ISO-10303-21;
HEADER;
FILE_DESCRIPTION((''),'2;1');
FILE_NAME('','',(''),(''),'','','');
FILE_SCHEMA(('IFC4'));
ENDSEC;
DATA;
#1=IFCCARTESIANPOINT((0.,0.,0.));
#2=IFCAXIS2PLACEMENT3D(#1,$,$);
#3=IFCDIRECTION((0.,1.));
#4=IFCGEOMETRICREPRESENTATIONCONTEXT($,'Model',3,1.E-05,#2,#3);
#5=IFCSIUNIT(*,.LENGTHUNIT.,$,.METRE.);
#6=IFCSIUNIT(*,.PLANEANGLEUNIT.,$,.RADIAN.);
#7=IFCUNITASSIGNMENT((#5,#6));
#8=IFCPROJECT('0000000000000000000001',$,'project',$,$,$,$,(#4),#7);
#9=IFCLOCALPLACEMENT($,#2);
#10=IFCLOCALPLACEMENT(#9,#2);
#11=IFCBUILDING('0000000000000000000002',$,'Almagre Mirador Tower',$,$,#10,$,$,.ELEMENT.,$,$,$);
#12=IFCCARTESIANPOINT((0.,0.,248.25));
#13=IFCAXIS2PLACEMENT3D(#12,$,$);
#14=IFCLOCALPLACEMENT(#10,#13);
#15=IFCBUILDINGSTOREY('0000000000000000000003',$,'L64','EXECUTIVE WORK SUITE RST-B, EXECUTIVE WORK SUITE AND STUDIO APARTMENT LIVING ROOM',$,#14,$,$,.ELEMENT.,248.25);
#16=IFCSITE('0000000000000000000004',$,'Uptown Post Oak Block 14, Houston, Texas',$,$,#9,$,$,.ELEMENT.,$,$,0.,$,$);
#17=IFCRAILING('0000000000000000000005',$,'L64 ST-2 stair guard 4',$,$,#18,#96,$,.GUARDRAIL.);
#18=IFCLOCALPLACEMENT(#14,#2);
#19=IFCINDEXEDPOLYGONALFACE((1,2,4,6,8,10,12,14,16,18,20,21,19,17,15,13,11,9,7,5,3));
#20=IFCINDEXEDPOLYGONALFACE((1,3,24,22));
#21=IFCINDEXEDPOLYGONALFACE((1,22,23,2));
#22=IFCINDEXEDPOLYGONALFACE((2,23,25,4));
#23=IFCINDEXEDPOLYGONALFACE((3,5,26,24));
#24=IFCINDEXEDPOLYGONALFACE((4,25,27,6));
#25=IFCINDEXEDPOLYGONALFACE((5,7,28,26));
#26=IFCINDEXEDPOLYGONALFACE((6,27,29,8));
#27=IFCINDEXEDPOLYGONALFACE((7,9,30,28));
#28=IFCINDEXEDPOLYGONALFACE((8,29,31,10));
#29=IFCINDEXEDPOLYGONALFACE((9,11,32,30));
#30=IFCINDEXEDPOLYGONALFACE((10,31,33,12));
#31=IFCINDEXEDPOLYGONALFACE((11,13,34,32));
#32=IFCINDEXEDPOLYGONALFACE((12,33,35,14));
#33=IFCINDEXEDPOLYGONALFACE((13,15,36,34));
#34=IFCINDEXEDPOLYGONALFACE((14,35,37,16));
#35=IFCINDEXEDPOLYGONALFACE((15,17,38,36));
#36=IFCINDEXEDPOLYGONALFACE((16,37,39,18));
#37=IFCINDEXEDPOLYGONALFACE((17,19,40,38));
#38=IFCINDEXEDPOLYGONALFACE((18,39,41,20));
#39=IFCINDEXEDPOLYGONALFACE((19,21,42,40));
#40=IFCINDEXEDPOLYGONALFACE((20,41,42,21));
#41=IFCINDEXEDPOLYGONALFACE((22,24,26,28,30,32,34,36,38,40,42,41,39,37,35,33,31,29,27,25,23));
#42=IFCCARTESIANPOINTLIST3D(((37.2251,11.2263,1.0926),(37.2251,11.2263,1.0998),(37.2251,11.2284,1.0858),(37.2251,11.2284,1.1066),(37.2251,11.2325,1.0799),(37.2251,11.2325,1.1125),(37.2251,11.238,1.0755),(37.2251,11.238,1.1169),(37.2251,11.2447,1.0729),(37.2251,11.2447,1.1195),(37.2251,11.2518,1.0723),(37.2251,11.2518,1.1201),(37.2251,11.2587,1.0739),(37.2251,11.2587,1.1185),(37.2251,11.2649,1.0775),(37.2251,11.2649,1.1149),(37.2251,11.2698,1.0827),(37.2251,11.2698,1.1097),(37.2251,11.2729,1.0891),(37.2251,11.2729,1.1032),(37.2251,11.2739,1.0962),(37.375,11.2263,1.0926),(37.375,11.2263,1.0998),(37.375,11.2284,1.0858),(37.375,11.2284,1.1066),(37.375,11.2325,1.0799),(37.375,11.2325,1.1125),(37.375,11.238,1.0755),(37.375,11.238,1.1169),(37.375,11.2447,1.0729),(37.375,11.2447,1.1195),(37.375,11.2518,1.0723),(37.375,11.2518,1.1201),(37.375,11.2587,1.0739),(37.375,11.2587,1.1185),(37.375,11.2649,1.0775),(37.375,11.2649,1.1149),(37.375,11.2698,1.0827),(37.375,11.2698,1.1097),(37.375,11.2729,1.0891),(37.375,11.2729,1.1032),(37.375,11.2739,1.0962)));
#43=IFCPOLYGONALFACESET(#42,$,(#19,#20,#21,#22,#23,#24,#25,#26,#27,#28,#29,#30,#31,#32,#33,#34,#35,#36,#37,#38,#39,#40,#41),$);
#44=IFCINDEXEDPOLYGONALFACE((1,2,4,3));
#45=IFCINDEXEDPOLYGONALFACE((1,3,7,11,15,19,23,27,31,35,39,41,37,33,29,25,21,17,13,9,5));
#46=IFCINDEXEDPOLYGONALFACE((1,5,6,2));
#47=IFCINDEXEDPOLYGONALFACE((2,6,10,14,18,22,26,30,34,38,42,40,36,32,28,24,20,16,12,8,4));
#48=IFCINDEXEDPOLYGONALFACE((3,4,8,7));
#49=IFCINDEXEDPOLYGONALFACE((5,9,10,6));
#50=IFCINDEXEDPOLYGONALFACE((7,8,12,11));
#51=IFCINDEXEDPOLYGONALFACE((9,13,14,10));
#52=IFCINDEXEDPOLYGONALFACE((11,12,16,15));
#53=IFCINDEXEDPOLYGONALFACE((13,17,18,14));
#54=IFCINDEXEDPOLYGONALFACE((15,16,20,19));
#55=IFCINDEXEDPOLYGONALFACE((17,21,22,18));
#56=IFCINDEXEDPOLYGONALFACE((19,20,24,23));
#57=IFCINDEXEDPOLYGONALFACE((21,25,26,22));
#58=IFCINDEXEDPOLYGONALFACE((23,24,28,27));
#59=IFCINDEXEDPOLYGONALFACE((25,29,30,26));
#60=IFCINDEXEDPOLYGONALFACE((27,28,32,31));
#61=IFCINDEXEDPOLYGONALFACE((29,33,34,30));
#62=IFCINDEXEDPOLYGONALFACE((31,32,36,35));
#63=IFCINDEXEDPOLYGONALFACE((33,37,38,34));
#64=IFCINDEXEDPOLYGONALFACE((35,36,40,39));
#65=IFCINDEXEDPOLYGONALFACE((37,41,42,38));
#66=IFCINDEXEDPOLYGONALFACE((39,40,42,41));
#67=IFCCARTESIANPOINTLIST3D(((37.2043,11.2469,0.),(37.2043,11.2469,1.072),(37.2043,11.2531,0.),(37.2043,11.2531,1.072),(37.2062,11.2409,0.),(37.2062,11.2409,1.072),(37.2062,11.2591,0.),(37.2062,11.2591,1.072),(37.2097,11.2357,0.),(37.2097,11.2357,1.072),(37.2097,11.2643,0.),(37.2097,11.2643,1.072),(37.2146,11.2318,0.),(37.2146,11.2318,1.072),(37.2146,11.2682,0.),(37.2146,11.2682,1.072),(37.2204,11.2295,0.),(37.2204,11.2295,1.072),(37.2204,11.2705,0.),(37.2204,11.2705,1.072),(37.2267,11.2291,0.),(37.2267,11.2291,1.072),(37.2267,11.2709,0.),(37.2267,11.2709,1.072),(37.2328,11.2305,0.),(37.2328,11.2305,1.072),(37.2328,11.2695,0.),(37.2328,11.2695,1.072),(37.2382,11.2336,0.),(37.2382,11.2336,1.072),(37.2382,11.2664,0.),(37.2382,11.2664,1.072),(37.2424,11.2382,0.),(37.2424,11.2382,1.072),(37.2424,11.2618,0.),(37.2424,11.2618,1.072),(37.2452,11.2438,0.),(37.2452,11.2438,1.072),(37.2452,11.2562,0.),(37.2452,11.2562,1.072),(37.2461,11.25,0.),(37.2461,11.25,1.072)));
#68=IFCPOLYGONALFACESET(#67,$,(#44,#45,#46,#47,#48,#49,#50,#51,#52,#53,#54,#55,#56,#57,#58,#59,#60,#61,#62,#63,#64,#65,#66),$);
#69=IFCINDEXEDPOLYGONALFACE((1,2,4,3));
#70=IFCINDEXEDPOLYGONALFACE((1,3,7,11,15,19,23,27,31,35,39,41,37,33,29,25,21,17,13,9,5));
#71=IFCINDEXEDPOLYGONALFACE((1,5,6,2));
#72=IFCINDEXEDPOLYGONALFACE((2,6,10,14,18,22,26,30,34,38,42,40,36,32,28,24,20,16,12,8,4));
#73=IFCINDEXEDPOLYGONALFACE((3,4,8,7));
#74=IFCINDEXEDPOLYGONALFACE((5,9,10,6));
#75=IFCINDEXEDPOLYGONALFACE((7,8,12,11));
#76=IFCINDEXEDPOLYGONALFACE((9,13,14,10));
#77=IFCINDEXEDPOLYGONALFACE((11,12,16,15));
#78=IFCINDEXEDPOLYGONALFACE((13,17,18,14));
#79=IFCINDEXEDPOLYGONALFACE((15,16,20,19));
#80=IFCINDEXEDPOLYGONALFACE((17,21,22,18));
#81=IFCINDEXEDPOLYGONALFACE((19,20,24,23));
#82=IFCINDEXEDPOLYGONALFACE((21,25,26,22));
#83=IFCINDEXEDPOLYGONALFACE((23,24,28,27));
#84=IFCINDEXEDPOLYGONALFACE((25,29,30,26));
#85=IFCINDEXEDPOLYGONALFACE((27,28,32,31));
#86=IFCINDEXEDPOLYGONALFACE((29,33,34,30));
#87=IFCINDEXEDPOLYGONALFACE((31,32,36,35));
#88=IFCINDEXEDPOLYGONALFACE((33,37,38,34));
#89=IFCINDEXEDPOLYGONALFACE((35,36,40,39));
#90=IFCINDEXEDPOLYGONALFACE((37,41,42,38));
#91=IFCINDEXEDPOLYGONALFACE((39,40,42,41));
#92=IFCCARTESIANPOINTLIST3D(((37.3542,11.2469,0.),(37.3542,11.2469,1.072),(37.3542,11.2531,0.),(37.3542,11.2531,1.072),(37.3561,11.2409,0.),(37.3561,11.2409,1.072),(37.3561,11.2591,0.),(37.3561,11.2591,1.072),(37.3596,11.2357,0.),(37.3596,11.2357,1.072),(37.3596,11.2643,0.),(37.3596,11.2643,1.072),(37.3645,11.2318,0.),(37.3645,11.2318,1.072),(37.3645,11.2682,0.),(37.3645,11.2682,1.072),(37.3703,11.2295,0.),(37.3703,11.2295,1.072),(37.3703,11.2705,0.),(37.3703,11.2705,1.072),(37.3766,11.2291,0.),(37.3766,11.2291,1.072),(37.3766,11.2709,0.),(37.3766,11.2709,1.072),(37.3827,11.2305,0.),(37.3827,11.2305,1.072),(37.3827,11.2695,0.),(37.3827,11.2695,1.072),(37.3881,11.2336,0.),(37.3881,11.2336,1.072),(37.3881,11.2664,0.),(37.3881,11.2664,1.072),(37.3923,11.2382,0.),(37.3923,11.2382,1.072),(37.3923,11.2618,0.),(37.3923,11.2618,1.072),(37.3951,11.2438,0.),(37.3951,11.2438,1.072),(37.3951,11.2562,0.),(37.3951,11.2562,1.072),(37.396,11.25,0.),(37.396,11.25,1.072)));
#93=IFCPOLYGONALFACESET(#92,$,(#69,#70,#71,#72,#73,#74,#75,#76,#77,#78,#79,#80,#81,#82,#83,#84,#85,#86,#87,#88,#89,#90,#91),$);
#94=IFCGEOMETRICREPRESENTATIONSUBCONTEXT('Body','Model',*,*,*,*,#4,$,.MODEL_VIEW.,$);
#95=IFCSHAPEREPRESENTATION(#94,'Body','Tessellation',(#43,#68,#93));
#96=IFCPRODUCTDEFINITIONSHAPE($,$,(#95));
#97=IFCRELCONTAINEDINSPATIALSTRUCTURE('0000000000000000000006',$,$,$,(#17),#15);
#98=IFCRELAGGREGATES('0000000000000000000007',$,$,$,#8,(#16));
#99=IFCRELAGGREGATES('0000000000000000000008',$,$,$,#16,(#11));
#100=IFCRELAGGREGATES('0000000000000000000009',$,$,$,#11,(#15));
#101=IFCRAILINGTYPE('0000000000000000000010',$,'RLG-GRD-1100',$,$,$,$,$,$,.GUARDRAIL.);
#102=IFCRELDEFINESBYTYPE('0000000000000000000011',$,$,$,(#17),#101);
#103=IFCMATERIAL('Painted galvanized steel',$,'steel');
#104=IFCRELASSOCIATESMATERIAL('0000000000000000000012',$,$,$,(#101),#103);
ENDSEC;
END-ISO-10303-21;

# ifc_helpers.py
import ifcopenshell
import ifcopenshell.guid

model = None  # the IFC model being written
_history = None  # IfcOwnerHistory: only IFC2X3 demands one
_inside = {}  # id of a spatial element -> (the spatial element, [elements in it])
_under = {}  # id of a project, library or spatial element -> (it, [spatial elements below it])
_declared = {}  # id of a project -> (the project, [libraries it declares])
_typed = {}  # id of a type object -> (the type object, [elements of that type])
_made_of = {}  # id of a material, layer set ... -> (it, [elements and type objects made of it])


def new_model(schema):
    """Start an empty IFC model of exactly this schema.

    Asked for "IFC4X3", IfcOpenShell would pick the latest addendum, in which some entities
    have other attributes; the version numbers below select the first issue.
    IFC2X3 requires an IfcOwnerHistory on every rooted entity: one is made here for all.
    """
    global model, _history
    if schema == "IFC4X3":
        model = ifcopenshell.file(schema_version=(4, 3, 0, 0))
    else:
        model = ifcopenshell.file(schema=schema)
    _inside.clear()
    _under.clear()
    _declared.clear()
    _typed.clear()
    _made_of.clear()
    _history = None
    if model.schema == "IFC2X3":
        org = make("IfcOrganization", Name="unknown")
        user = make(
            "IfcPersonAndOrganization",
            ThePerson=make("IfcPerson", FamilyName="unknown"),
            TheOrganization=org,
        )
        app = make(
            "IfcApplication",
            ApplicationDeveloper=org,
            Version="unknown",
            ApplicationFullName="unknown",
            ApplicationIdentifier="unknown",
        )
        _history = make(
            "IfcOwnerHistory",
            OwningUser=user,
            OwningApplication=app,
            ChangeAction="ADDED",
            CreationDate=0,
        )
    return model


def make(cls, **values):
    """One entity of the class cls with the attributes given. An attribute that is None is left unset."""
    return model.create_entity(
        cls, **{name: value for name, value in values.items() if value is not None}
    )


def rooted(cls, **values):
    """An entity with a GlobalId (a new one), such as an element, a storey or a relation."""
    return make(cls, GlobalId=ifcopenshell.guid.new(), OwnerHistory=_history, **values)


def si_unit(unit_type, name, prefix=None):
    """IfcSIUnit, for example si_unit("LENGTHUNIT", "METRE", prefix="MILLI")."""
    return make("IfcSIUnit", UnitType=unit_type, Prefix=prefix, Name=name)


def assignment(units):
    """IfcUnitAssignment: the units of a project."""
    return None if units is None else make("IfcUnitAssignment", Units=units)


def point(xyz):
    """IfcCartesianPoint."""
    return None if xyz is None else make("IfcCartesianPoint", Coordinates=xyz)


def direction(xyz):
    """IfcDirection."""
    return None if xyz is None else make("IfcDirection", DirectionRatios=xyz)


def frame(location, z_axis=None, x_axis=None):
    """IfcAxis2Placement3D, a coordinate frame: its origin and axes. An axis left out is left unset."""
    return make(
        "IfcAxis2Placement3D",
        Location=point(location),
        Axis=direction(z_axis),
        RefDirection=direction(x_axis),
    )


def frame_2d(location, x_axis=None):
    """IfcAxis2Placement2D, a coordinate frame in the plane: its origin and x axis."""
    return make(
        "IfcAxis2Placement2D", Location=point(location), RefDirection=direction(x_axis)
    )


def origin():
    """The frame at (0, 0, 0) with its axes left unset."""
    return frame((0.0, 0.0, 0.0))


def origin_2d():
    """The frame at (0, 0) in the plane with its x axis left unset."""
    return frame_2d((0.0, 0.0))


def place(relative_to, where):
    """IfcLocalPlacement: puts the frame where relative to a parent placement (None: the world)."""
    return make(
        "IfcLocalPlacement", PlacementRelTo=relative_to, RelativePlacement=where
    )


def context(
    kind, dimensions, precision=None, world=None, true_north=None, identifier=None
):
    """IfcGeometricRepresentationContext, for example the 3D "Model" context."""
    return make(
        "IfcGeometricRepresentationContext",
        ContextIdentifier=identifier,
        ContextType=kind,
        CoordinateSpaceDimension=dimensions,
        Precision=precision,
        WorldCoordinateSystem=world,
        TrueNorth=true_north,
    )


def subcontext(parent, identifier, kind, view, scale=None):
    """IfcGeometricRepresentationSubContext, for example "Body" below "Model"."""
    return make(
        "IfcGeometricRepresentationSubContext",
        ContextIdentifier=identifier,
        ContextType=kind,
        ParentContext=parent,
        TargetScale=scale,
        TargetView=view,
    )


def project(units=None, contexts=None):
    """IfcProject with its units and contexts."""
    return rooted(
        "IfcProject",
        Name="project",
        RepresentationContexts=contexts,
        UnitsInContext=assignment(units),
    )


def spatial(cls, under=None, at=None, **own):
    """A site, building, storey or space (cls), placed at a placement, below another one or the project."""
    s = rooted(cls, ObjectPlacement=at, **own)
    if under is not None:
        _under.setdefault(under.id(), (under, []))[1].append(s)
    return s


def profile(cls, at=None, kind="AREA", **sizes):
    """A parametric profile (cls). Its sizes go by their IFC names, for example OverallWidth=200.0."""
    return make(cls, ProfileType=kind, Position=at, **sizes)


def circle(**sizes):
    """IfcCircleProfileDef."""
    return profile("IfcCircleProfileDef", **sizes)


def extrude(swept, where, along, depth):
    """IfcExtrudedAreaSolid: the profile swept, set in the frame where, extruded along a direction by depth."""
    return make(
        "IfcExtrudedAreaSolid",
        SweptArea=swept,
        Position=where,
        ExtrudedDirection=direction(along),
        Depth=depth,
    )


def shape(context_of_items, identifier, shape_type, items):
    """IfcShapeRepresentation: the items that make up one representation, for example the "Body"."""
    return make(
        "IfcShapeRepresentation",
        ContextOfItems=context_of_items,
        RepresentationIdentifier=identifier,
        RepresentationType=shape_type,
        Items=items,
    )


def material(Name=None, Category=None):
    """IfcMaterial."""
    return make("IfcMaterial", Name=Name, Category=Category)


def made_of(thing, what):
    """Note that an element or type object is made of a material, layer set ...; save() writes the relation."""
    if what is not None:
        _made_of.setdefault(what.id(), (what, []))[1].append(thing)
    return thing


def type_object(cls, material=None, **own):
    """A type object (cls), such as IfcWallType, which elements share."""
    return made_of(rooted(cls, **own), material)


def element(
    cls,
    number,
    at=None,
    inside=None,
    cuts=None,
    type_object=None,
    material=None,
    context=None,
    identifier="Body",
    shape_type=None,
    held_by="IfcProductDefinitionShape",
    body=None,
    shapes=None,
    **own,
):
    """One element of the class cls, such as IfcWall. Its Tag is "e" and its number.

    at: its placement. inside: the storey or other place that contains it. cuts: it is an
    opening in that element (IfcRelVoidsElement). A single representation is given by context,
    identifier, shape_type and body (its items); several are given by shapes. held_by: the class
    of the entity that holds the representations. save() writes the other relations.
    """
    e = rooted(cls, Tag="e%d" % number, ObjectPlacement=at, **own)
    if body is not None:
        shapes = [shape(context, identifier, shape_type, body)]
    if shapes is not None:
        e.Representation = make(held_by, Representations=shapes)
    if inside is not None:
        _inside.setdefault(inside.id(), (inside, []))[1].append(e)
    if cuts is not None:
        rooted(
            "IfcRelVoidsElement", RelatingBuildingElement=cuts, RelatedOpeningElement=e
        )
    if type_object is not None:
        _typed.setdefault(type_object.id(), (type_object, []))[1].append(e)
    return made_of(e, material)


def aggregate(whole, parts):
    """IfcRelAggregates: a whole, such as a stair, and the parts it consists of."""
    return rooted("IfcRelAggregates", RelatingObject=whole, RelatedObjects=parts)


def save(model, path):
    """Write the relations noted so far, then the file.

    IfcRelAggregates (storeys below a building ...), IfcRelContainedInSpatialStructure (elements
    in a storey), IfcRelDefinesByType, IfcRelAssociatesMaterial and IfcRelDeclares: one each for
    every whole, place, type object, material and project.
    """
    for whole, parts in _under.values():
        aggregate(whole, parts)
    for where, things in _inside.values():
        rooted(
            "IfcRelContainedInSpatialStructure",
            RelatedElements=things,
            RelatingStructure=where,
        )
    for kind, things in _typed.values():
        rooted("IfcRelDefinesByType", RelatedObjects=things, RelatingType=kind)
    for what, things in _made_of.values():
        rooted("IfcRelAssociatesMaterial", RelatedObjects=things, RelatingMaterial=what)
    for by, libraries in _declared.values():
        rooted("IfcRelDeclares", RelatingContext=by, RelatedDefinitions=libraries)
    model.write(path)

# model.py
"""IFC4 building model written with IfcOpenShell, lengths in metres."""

from ifc_helpers import new_model, si_unit, direction, frame, origin, origin_2d, place, context, subcontext, project, spatial, circle, extrude, material, type_object, element, save


model = new_model("IFC4")

# Units and contexts
model_context = context("Model", 3, precision=1e-05, world=origin(), true_north=direction((0.0, 1.0)))
body_context = subcontext(model_context, "Body", "Model", "MODEL_VIEW")
ifc_project = project(units=[si_unit("LENGTHUNIT", "METRE"), si_unit("PLANEANGLEUNIT", "RADIAN")], contexts=[model_context])

# Site, building, storey
site_placement = place(None, origin())
site = spatial("IfcSite", under=ifc_project, at=site_placement, Name="Uptown Post Oak Block 14, Houston, Texas", CompositionType="ELEMENT", RefElevation=0.0)
building_placement = place(site_placement, origin())
building = spatial("IfcBuilding", under=site, at=building_placement, Name="Almagre Mirador Tower", CompositionType="ELEMENT")
storey_placement = place(building_placement, frame((0.0, 0.0, 248.25)))
storey = spatial("IfcBuildingStorey", under=building, at=storey_placement, Name="L64", Description="EXECUTIVE WORK SUITE RST-B, EXECUTIVE WORK SUITE AND STUDIO APARTMENT LIVING ROOM", CompositionType="ELEMENT", Elevation=248.25)

# Railing
ifc_material_1 = material(Name="Painted galvanized steel", Category="steel")
railing_type_1 = type_object("IfcRailingType", Name="RLG-GRD-1100", PredefinedType="GUARDRAIL", material=ifc_material_1)
railing_1_placement = place(storey_placement, frame((37.2251, 11.25, 0.0)))
element("IfcRailing", 1, at=railing_1_placement, inside=storey, type_object=railing_type_1, Name="L64 ST-2 stair guard 4", PredefinedType="GUARDRAIL", context=body_context, shape_type="SweptSolid", body=[
    extrude(circle(Radius=0.0239, at=origin_2d()), frame((0.0, 0.0, 1.0962), z_axis=(1.0, 0.0, 0.0), x_axis=(0.0, 1.0, 0.0)), (0.0, 0.0, 1.0), 0.1499),
    extrude(circle(Radius=0.021, at=origin_2d()), origin(), (0.0, 0.0, 1.0), 1.072),
    extrude(circle(Radius=0.021, at=origin_2d()), frame((0.1499, 0.0, 0.0)), (0.0, 0.0, 1.0), 1.072),
])

save(model, "model.ifc")
